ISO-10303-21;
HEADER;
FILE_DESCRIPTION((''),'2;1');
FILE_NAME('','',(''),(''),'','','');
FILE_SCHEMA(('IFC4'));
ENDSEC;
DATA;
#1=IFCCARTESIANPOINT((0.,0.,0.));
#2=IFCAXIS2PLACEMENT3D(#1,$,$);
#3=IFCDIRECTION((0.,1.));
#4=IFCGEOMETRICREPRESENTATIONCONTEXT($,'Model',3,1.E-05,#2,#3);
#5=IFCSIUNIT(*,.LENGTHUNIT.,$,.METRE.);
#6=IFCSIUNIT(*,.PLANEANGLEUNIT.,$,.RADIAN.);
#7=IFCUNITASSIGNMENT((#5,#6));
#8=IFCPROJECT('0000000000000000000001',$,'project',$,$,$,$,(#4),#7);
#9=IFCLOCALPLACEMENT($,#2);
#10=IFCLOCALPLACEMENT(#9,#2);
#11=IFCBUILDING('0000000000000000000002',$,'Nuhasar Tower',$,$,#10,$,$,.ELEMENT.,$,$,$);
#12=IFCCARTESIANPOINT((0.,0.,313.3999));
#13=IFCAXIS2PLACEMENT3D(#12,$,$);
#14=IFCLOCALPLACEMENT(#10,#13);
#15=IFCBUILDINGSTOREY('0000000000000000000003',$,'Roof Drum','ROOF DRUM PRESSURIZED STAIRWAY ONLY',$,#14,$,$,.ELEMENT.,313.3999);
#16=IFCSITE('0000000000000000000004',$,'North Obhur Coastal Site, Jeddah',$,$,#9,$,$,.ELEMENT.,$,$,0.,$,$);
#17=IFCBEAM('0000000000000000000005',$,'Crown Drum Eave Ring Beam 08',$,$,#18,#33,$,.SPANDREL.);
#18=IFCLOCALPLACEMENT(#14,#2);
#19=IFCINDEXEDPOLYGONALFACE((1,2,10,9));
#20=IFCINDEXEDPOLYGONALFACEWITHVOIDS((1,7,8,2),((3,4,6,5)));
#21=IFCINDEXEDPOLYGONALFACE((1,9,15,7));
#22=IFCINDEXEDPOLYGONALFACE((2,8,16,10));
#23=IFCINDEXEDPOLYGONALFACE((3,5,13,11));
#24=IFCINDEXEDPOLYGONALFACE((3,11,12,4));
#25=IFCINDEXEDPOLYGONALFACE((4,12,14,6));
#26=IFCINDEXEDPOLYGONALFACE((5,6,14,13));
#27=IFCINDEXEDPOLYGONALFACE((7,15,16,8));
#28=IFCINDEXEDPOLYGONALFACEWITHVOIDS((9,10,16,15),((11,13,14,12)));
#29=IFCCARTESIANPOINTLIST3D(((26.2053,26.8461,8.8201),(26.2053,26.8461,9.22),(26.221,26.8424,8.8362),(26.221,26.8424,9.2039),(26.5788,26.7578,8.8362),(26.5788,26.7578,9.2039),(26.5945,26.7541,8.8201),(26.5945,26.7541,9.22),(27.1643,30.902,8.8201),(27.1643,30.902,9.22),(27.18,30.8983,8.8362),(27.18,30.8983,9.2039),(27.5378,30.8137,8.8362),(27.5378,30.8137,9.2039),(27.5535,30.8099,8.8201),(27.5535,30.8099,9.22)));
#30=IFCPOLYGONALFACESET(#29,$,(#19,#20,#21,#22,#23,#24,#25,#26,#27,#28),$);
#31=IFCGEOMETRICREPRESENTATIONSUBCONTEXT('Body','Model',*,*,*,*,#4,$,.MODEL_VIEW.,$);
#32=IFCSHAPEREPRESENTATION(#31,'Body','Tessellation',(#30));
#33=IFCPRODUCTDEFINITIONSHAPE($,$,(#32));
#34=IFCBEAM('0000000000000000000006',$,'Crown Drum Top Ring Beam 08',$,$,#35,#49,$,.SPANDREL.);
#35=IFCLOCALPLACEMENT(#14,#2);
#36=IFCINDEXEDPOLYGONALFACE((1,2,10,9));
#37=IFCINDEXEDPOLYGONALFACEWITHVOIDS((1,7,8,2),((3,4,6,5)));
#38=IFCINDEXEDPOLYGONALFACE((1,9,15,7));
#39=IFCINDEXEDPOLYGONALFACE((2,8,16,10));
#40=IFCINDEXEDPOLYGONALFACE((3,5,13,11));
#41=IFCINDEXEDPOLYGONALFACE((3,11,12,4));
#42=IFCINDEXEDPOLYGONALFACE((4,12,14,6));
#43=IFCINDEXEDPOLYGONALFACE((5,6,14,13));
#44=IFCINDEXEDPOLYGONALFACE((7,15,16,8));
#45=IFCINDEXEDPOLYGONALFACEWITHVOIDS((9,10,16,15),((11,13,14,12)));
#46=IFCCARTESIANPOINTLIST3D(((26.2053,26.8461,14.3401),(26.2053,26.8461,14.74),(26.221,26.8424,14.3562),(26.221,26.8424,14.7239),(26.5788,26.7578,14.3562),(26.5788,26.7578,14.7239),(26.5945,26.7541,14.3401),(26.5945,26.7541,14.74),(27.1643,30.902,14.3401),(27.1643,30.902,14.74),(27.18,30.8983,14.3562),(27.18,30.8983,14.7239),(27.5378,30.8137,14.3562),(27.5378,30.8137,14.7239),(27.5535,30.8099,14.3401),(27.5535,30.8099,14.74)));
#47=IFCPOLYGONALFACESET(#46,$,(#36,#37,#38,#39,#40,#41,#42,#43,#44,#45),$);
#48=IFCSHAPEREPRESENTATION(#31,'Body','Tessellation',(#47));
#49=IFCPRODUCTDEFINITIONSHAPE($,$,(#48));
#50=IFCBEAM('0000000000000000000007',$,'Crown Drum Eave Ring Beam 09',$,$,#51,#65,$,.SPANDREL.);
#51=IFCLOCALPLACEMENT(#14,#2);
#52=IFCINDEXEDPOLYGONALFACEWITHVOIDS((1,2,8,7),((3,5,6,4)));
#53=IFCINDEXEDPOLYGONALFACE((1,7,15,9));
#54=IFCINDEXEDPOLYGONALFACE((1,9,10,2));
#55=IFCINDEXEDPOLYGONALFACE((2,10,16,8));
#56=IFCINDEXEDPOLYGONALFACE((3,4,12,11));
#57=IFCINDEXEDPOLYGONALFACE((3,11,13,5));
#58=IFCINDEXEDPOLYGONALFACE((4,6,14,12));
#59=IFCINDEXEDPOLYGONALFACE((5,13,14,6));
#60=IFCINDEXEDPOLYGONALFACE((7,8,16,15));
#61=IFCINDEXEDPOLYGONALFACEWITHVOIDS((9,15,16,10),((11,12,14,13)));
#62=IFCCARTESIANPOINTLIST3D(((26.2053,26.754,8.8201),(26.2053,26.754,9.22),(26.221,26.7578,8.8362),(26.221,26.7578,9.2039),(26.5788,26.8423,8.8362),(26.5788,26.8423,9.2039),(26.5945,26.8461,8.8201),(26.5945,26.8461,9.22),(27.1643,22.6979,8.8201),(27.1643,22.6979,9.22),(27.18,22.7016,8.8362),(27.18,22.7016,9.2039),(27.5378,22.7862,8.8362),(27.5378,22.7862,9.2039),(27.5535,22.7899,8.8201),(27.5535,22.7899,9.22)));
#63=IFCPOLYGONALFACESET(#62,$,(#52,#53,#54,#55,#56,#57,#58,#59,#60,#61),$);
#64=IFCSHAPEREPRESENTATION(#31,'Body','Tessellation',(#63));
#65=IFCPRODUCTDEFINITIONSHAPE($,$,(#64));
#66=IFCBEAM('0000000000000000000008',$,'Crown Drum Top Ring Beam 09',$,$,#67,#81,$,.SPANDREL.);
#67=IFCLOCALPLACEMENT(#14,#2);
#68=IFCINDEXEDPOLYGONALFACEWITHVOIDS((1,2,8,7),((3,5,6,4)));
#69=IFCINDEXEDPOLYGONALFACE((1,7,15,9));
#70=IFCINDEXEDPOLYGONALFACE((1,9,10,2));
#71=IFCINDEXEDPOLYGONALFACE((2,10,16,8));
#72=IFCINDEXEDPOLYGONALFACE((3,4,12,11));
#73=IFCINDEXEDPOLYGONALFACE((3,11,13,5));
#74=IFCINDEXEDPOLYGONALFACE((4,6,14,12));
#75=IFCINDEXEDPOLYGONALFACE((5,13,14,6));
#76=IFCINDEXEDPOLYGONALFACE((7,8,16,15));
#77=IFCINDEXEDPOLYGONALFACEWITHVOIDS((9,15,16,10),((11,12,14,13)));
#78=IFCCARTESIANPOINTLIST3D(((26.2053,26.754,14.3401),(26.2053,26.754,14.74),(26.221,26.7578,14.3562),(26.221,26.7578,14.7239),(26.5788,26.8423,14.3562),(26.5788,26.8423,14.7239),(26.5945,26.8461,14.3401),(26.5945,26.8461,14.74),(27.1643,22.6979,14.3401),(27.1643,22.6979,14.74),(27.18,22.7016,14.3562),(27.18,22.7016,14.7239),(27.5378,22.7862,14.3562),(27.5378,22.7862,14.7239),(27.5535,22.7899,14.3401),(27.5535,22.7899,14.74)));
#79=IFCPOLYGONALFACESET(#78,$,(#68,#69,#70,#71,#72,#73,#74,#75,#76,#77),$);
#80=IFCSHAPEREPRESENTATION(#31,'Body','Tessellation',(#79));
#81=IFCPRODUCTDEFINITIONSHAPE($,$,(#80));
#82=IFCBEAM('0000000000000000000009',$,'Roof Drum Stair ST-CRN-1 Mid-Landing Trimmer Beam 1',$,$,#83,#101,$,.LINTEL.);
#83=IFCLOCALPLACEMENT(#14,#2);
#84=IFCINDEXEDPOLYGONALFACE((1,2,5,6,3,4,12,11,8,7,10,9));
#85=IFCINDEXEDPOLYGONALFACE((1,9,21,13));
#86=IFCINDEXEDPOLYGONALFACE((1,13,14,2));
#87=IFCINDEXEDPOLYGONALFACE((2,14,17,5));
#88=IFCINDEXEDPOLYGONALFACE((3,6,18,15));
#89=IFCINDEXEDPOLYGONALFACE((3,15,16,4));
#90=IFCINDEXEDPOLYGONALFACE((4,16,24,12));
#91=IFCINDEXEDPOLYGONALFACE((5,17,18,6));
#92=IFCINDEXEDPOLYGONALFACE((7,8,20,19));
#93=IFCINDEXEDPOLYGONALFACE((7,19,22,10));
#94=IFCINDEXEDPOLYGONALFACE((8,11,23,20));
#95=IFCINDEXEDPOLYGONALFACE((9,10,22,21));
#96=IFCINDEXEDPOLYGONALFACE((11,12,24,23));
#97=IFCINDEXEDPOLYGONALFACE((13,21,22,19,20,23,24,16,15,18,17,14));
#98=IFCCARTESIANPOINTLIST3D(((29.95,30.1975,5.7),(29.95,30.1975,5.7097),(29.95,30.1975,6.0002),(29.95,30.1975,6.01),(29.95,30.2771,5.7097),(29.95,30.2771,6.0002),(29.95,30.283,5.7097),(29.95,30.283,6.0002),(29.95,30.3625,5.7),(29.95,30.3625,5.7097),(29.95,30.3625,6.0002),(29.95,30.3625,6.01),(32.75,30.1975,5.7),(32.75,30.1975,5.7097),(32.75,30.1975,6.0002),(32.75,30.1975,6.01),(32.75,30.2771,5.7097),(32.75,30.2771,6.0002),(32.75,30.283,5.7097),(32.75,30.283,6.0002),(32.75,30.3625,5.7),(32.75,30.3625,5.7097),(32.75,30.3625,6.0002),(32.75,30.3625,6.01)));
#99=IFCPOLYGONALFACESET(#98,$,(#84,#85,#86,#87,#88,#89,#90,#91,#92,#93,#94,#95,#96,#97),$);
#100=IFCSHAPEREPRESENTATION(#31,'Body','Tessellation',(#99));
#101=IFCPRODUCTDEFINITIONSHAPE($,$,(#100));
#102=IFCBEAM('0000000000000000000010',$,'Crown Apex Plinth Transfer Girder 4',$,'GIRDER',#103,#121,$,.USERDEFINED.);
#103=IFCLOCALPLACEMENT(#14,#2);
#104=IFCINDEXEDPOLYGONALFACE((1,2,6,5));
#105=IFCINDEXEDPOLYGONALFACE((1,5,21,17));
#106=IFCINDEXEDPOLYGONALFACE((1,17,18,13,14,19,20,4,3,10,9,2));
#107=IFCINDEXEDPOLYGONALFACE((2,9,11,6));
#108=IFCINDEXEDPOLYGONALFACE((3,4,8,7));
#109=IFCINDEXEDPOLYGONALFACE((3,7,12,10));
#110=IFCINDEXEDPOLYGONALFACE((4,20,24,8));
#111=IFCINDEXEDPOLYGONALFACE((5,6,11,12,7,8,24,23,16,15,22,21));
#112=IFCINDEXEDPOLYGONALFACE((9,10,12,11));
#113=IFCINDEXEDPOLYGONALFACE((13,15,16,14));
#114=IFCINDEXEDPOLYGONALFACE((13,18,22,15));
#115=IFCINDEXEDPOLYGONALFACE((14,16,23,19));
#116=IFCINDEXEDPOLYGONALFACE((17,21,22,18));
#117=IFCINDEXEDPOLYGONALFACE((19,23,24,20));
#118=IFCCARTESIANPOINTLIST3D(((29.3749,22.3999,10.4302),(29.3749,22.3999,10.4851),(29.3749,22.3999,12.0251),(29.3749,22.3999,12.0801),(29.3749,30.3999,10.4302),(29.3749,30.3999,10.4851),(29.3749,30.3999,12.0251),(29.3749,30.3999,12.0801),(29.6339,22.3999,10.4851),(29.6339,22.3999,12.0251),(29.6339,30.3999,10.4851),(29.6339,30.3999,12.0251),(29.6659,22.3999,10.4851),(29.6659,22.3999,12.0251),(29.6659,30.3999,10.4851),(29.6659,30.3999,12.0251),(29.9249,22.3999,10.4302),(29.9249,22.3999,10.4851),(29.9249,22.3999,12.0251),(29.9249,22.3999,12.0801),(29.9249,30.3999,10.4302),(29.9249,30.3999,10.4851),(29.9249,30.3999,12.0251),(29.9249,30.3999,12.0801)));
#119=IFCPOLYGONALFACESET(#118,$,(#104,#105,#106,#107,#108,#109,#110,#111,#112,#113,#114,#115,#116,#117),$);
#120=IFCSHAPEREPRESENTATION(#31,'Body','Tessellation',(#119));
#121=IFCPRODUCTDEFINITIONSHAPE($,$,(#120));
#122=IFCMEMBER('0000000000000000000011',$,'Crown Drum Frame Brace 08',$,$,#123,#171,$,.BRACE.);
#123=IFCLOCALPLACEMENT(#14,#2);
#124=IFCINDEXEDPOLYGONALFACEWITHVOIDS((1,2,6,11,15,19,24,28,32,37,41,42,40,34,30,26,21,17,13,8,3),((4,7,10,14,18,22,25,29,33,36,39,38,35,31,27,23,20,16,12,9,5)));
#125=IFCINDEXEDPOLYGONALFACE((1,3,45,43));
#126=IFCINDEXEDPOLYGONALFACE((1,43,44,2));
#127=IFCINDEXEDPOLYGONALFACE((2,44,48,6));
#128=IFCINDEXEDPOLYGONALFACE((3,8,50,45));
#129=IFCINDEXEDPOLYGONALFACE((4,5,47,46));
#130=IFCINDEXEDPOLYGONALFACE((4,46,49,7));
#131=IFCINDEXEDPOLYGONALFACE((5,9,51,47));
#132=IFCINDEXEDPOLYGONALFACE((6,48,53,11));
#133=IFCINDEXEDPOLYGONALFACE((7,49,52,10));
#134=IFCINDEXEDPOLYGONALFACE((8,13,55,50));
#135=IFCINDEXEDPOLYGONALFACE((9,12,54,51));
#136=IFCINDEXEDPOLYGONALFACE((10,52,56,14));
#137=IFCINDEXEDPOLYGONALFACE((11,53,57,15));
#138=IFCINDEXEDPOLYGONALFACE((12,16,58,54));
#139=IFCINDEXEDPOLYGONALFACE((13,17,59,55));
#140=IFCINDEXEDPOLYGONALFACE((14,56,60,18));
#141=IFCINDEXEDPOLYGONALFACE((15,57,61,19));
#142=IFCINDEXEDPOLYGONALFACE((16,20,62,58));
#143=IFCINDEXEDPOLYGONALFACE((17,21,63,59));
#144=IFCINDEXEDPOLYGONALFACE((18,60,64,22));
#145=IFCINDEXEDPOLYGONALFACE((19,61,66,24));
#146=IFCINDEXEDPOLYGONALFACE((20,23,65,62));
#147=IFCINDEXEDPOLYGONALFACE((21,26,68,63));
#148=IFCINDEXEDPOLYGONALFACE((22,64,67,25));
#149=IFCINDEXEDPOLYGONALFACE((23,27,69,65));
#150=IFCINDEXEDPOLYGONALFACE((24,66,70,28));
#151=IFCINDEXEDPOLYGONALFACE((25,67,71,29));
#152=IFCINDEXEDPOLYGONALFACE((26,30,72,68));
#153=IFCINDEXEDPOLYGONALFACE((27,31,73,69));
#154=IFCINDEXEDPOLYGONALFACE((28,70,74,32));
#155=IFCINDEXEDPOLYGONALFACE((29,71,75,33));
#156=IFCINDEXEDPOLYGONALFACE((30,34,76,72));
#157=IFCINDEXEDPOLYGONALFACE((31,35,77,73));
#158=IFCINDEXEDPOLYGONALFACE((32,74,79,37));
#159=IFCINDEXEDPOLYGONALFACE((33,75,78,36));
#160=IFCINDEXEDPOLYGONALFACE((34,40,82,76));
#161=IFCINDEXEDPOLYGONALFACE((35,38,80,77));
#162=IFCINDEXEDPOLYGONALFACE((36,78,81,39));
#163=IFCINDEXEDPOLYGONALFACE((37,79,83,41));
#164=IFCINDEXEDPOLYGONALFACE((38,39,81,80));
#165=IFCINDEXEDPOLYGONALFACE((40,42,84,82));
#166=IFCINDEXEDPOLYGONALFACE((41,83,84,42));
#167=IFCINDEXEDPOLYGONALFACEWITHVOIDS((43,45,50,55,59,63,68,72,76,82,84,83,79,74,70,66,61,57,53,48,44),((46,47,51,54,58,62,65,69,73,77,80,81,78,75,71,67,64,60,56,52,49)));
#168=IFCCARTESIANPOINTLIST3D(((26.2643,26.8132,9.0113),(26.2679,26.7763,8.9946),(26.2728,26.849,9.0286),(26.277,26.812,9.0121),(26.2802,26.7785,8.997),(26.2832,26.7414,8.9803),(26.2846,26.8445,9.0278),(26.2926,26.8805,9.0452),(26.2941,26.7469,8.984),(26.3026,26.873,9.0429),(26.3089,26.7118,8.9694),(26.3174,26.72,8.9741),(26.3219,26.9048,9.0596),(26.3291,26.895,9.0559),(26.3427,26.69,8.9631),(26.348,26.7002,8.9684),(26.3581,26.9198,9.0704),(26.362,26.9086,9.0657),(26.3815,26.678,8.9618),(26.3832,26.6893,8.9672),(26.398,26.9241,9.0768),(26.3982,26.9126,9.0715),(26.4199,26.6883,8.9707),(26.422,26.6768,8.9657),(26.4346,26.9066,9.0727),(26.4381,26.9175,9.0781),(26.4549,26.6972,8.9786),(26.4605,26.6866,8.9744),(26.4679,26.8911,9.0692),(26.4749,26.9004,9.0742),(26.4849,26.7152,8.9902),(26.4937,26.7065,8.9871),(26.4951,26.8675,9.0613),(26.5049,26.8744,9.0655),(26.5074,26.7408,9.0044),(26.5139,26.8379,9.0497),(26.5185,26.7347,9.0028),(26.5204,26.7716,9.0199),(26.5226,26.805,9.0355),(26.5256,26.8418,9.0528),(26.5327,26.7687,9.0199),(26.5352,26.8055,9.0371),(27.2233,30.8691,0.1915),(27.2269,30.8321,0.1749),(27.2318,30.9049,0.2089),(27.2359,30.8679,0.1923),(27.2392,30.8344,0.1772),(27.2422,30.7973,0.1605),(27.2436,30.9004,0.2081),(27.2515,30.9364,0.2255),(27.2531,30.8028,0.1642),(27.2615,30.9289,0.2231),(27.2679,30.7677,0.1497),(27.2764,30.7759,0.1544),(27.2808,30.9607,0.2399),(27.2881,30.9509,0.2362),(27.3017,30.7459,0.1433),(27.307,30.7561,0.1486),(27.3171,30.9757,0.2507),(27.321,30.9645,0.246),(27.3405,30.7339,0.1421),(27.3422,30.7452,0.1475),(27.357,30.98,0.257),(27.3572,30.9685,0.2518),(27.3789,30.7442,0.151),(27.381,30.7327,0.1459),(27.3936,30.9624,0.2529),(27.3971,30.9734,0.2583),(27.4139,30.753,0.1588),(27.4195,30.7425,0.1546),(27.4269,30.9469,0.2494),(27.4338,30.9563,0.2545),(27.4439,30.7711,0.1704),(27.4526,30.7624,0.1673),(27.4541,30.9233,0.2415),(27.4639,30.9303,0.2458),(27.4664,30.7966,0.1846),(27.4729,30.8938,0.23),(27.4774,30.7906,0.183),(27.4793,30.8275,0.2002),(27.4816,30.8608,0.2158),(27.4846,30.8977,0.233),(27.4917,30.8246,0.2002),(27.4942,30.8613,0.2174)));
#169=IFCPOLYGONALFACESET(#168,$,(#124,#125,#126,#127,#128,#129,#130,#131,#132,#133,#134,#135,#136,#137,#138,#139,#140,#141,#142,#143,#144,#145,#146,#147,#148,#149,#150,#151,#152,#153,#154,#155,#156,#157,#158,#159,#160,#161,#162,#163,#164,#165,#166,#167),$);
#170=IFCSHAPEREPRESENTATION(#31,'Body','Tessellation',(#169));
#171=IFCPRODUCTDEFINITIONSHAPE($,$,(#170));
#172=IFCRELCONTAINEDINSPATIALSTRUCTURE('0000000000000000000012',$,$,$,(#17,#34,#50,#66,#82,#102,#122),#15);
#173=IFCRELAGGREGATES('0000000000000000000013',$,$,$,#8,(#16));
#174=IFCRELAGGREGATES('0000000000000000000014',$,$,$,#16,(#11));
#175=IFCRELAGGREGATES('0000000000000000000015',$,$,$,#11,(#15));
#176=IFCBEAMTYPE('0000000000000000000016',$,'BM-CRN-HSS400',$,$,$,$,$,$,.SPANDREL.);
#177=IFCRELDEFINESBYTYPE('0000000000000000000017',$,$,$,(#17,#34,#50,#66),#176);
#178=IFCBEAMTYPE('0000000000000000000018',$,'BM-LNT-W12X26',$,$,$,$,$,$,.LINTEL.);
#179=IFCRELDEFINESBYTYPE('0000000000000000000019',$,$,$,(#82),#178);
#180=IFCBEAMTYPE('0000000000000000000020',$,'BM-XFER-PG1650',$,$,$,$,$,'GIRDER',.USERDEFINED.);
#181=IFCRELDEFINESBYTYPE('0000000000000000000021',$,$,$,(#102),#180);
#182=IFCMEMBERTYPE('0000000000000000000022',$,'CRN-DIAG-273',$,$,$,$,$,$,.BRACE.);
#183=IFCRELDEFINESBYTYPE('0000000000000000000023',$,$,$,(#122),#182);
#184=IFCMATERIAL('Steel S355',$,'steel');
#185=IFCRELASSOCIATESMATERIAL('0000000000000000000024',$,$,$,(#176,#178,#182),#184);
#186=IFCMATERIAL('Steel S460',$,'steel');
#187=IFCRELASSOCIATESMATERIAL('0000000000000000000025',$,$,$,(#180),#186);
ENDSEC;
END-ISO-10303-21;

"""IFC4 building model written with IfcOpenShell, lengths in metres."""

from ifc_helpers import new_model, si_unit, direction, frame, origin, origin_2d, place, context, subcontext, project, spatial, hollow_rectangle, hollow_circle, i_section, extrude, material, material_profile, profile_set, type_object, element, save


model = new_model("IFC4")

# Units and contexts
model_context = context("Model", 3, precision=1e-05, world=origin(), true_north=direction((0.0, 1.0)))
body_context = subcontext(model_context, "Body", "Model", "MODEL_VIEW")
ifc_project = project(units=[si_unit("LENGTHUNIT", "METRE"), si_unit("PLANEANGLEUNIT", "RADIAN")], contexts=[model_context])

# Site, building, storey
site_placement = place(None, origin())
site = spatial("IfcSite", under=ifc_project, at=site_placement, Name="North Obhur Coastal Site, Jeddah", CompositionType="ELEMENT", RefElevation=0.0)
building_placement = place(site_placement, origin())
building = spatial("IfcBuilding", under=site, at=building_placement, Name="Nuhasar Tower", CompositionType="ELEMENT")
storey_placement = place(building_placement, frame((0.0, 0.0, 313.3999)))
storey = spatial("IfcBuildingStorey", under=building, at=storey_placement, Name="Roof Drum", Description="ROOF DRUM PRESSURIZED STAIRWAY ONLY", CompositionType="ELEMENT", Elevation=313.3999)

# Beams
ifc_material_1 = material(Name="Steel S355", Category="steel")
ifc_material_profile_1 = material_profile(ifc_material_1, hollow_rectangle(XDim=0.3999, YDim=0.3999, WallThickness=0.0161, at=origin_2d()), Name="HSS400X400X16")
ifc_profile_set_1 = profile_set([ifc_material_profile_1], Name="Steel S355")
beam_type_1 = type_object("IfcBeamType", Name="BM-CRN-HSS400", PredefinedType="SPANDREL", material=ifc_profile_set_1)
for number, where, z_axis, x_axis, name in (
    (1, (27.3589, 30.856, 9.02), (-0.230097, -0.973168, 0.0), (0.973168, -0.230097, 0.0), "Crown Drum Eave Ring Beam 08"),
    (2, (27.3589, 30.856, 14.54), (-0.230097, -0.973168, 0.0), (0.973168, -0.230097, 0.0), "Crown Drum Top Ring Beam 08"),
):
    element("IfcBeam", number, at=place(storey_placement, frame(where, z_axis=z_axis, x_axis=x_axis)), inside=storey, type_object=beam_type_1, Name=name, PredefinedType="SPANDREL", context=body_context, shape_type="SweptSolid", body=[
        extrude(hollow_rectangle(XDim=0.3999, YDim=0.3999, WallThickness=0.0161, at=origin_2d()), origin(), (0.0, 0.0, 1.0), 4.1677),
    ])
for number, where, z_axis, x_axis, name in (
    (3, (26.3999, 26.8, 9.02), (0.230084, -0.973171, 0.0), (0.973171, 0.230084, 0.0), "Crown Drum Eave Ring Beam 09"),
    (4, (26.3999, 26.8, 14.54), (0.230084, -0.973171, 0.0), (0.973171, 0.230084, 0.0), "Crown Drum Top Ring Beam 09"),
):
    element("IfcBeam", number, at=place(storey_placement, frame(where, z_axis=z_axis, x_axis=x_axis)), inside=storey, type_object=beam_type_1, Name=name, PredefinedType="SPANDREL", context=body_context, shape_type="SweptSolid", body=[
        extrude(hollow_rectangle(XDim=0.3999, YDim=0.3999, WallThickness=0.0161, at=origin_2d()), origin(), (0.0, 0.0, 1.0), 4.168),
    ])
ifc_material_profile_2 = material_profile(ifc_material_1, i_section(OverallWidth=0.165, OverallDepth=0.3101, WebThickness=0.0059, FlangeThickness=0.0098, at=origin_2d()), Name="W12X26")
ifc_profile_set_2 = profile_set([ifc_material_profile_2], Name="Steel S355")
beam_type_2 = type_object("IfcBeamType", Name="BM-LNT-W12X26", PredefinedType="LINTEL", material=ifc_profile_set_2)
beam_1_placement = place(storey_placement, frame((29.95, 30.28, 5.855), z_axis=(1.0, 0.0, 0.0), x_axis=(0.0, 1.0, 0.0)))
element("IfcBeam", 5, at=beam_1_placement, inside=storey, type_object=beam_type_2, Name="Roof Drum Stair ST-CRN-1 Mid-Landing Trimmer Beam 1", PredefinedType="LINTEL", context=body_context, shape_type="SweptSolid", body=[
    extrude(i_section(OverallWidth=0.165, OverallDepth=0.3101, WebThickness=0.0059, FlangeThickness=0.0098, at=origin_2d()), origin(), (0.0, 0.0, 1.0), 2.8),
])
ifc_material_2 = material(Name="Steel S460", Category="steel")
ifc_material_profile_3 = material_profile(ifc_material_2, i_section(OverallWidth=0.55, OverallDepth=1.6499, WebThickness=0.032, FlangeThickness=0.0549, at=origin_2d()), Name="PG1650X550")
ifc_profile_set_3 = profile_set([ifc_material_profile_3], Name="Steel S460")
beam_type_3 = type_object("IfcBeamType", Name="BM-XFER-PG1650", ElementType="GIRDER", PredefinedType="USERDEFINED", material=ifc_profile_set_3)
beam_2_placement = place(storey_placement, frame((29.6499, 30.3999, 11.2551), z_axis=(0.0, -1.0, 0.0), x_axis=(1.0, 0.0, 0.0)))
element("IfcBeam", 6, at=beam_2_placement, inside=storey, type_object=beam_type_3, Name="Crown Apex Plinth Transfer Girder 4", ObjectType="GIRDER", PredefinedType="USERDEFINED", context=body_context, shape_type="SweptSolid", body=[
    extrude(i_section(OverallWidth=0.55, OverallDepth=1.6499, WebThickness=0.032, FlangeThickness=0.0549, at=origin_2d()), origin(), (0.0, 0.0, 1.0), 8.0),
])

# Member
ifc_material_profile_4 = material_profile(ifc_material_1, hollow_circle(Radius=0.1365, WallThickness=0.0127, at=origin_2d()), Name="HSS273.1X12.7")
ifc_profile_set_4 = profile_set([ifc_material_profile_4], Name="Steel S355")
member_type_1 = type_object("IfcMemberType", Name="CRN-DIAG-273", PredefinedType="BRACE", material=ifc_profile_set_4)
member_1_placement = place(storey_placement, frame((27.3589, 30.856, 0.2002), z_axis=(-0.098307, -0.415779, 0.904137), x_axis=(0.973168, -0.230097, 0.0)))
element("IfcMember", 7, at=member_1_placement, inside=storey, type_object=member_type_1, Name="Crown Drum Frame Brace 08", PredefinedType="BRACE", context=body_context, shape_type="SweptSolid", body=[
    extrude(hollow_circle(Radius=0.1365, WallThickness=0.0127, at=origin_2d()), origin(), (0.0, 0.0, 1.0), 9.7549),
])

save(model, "model.ifc")
